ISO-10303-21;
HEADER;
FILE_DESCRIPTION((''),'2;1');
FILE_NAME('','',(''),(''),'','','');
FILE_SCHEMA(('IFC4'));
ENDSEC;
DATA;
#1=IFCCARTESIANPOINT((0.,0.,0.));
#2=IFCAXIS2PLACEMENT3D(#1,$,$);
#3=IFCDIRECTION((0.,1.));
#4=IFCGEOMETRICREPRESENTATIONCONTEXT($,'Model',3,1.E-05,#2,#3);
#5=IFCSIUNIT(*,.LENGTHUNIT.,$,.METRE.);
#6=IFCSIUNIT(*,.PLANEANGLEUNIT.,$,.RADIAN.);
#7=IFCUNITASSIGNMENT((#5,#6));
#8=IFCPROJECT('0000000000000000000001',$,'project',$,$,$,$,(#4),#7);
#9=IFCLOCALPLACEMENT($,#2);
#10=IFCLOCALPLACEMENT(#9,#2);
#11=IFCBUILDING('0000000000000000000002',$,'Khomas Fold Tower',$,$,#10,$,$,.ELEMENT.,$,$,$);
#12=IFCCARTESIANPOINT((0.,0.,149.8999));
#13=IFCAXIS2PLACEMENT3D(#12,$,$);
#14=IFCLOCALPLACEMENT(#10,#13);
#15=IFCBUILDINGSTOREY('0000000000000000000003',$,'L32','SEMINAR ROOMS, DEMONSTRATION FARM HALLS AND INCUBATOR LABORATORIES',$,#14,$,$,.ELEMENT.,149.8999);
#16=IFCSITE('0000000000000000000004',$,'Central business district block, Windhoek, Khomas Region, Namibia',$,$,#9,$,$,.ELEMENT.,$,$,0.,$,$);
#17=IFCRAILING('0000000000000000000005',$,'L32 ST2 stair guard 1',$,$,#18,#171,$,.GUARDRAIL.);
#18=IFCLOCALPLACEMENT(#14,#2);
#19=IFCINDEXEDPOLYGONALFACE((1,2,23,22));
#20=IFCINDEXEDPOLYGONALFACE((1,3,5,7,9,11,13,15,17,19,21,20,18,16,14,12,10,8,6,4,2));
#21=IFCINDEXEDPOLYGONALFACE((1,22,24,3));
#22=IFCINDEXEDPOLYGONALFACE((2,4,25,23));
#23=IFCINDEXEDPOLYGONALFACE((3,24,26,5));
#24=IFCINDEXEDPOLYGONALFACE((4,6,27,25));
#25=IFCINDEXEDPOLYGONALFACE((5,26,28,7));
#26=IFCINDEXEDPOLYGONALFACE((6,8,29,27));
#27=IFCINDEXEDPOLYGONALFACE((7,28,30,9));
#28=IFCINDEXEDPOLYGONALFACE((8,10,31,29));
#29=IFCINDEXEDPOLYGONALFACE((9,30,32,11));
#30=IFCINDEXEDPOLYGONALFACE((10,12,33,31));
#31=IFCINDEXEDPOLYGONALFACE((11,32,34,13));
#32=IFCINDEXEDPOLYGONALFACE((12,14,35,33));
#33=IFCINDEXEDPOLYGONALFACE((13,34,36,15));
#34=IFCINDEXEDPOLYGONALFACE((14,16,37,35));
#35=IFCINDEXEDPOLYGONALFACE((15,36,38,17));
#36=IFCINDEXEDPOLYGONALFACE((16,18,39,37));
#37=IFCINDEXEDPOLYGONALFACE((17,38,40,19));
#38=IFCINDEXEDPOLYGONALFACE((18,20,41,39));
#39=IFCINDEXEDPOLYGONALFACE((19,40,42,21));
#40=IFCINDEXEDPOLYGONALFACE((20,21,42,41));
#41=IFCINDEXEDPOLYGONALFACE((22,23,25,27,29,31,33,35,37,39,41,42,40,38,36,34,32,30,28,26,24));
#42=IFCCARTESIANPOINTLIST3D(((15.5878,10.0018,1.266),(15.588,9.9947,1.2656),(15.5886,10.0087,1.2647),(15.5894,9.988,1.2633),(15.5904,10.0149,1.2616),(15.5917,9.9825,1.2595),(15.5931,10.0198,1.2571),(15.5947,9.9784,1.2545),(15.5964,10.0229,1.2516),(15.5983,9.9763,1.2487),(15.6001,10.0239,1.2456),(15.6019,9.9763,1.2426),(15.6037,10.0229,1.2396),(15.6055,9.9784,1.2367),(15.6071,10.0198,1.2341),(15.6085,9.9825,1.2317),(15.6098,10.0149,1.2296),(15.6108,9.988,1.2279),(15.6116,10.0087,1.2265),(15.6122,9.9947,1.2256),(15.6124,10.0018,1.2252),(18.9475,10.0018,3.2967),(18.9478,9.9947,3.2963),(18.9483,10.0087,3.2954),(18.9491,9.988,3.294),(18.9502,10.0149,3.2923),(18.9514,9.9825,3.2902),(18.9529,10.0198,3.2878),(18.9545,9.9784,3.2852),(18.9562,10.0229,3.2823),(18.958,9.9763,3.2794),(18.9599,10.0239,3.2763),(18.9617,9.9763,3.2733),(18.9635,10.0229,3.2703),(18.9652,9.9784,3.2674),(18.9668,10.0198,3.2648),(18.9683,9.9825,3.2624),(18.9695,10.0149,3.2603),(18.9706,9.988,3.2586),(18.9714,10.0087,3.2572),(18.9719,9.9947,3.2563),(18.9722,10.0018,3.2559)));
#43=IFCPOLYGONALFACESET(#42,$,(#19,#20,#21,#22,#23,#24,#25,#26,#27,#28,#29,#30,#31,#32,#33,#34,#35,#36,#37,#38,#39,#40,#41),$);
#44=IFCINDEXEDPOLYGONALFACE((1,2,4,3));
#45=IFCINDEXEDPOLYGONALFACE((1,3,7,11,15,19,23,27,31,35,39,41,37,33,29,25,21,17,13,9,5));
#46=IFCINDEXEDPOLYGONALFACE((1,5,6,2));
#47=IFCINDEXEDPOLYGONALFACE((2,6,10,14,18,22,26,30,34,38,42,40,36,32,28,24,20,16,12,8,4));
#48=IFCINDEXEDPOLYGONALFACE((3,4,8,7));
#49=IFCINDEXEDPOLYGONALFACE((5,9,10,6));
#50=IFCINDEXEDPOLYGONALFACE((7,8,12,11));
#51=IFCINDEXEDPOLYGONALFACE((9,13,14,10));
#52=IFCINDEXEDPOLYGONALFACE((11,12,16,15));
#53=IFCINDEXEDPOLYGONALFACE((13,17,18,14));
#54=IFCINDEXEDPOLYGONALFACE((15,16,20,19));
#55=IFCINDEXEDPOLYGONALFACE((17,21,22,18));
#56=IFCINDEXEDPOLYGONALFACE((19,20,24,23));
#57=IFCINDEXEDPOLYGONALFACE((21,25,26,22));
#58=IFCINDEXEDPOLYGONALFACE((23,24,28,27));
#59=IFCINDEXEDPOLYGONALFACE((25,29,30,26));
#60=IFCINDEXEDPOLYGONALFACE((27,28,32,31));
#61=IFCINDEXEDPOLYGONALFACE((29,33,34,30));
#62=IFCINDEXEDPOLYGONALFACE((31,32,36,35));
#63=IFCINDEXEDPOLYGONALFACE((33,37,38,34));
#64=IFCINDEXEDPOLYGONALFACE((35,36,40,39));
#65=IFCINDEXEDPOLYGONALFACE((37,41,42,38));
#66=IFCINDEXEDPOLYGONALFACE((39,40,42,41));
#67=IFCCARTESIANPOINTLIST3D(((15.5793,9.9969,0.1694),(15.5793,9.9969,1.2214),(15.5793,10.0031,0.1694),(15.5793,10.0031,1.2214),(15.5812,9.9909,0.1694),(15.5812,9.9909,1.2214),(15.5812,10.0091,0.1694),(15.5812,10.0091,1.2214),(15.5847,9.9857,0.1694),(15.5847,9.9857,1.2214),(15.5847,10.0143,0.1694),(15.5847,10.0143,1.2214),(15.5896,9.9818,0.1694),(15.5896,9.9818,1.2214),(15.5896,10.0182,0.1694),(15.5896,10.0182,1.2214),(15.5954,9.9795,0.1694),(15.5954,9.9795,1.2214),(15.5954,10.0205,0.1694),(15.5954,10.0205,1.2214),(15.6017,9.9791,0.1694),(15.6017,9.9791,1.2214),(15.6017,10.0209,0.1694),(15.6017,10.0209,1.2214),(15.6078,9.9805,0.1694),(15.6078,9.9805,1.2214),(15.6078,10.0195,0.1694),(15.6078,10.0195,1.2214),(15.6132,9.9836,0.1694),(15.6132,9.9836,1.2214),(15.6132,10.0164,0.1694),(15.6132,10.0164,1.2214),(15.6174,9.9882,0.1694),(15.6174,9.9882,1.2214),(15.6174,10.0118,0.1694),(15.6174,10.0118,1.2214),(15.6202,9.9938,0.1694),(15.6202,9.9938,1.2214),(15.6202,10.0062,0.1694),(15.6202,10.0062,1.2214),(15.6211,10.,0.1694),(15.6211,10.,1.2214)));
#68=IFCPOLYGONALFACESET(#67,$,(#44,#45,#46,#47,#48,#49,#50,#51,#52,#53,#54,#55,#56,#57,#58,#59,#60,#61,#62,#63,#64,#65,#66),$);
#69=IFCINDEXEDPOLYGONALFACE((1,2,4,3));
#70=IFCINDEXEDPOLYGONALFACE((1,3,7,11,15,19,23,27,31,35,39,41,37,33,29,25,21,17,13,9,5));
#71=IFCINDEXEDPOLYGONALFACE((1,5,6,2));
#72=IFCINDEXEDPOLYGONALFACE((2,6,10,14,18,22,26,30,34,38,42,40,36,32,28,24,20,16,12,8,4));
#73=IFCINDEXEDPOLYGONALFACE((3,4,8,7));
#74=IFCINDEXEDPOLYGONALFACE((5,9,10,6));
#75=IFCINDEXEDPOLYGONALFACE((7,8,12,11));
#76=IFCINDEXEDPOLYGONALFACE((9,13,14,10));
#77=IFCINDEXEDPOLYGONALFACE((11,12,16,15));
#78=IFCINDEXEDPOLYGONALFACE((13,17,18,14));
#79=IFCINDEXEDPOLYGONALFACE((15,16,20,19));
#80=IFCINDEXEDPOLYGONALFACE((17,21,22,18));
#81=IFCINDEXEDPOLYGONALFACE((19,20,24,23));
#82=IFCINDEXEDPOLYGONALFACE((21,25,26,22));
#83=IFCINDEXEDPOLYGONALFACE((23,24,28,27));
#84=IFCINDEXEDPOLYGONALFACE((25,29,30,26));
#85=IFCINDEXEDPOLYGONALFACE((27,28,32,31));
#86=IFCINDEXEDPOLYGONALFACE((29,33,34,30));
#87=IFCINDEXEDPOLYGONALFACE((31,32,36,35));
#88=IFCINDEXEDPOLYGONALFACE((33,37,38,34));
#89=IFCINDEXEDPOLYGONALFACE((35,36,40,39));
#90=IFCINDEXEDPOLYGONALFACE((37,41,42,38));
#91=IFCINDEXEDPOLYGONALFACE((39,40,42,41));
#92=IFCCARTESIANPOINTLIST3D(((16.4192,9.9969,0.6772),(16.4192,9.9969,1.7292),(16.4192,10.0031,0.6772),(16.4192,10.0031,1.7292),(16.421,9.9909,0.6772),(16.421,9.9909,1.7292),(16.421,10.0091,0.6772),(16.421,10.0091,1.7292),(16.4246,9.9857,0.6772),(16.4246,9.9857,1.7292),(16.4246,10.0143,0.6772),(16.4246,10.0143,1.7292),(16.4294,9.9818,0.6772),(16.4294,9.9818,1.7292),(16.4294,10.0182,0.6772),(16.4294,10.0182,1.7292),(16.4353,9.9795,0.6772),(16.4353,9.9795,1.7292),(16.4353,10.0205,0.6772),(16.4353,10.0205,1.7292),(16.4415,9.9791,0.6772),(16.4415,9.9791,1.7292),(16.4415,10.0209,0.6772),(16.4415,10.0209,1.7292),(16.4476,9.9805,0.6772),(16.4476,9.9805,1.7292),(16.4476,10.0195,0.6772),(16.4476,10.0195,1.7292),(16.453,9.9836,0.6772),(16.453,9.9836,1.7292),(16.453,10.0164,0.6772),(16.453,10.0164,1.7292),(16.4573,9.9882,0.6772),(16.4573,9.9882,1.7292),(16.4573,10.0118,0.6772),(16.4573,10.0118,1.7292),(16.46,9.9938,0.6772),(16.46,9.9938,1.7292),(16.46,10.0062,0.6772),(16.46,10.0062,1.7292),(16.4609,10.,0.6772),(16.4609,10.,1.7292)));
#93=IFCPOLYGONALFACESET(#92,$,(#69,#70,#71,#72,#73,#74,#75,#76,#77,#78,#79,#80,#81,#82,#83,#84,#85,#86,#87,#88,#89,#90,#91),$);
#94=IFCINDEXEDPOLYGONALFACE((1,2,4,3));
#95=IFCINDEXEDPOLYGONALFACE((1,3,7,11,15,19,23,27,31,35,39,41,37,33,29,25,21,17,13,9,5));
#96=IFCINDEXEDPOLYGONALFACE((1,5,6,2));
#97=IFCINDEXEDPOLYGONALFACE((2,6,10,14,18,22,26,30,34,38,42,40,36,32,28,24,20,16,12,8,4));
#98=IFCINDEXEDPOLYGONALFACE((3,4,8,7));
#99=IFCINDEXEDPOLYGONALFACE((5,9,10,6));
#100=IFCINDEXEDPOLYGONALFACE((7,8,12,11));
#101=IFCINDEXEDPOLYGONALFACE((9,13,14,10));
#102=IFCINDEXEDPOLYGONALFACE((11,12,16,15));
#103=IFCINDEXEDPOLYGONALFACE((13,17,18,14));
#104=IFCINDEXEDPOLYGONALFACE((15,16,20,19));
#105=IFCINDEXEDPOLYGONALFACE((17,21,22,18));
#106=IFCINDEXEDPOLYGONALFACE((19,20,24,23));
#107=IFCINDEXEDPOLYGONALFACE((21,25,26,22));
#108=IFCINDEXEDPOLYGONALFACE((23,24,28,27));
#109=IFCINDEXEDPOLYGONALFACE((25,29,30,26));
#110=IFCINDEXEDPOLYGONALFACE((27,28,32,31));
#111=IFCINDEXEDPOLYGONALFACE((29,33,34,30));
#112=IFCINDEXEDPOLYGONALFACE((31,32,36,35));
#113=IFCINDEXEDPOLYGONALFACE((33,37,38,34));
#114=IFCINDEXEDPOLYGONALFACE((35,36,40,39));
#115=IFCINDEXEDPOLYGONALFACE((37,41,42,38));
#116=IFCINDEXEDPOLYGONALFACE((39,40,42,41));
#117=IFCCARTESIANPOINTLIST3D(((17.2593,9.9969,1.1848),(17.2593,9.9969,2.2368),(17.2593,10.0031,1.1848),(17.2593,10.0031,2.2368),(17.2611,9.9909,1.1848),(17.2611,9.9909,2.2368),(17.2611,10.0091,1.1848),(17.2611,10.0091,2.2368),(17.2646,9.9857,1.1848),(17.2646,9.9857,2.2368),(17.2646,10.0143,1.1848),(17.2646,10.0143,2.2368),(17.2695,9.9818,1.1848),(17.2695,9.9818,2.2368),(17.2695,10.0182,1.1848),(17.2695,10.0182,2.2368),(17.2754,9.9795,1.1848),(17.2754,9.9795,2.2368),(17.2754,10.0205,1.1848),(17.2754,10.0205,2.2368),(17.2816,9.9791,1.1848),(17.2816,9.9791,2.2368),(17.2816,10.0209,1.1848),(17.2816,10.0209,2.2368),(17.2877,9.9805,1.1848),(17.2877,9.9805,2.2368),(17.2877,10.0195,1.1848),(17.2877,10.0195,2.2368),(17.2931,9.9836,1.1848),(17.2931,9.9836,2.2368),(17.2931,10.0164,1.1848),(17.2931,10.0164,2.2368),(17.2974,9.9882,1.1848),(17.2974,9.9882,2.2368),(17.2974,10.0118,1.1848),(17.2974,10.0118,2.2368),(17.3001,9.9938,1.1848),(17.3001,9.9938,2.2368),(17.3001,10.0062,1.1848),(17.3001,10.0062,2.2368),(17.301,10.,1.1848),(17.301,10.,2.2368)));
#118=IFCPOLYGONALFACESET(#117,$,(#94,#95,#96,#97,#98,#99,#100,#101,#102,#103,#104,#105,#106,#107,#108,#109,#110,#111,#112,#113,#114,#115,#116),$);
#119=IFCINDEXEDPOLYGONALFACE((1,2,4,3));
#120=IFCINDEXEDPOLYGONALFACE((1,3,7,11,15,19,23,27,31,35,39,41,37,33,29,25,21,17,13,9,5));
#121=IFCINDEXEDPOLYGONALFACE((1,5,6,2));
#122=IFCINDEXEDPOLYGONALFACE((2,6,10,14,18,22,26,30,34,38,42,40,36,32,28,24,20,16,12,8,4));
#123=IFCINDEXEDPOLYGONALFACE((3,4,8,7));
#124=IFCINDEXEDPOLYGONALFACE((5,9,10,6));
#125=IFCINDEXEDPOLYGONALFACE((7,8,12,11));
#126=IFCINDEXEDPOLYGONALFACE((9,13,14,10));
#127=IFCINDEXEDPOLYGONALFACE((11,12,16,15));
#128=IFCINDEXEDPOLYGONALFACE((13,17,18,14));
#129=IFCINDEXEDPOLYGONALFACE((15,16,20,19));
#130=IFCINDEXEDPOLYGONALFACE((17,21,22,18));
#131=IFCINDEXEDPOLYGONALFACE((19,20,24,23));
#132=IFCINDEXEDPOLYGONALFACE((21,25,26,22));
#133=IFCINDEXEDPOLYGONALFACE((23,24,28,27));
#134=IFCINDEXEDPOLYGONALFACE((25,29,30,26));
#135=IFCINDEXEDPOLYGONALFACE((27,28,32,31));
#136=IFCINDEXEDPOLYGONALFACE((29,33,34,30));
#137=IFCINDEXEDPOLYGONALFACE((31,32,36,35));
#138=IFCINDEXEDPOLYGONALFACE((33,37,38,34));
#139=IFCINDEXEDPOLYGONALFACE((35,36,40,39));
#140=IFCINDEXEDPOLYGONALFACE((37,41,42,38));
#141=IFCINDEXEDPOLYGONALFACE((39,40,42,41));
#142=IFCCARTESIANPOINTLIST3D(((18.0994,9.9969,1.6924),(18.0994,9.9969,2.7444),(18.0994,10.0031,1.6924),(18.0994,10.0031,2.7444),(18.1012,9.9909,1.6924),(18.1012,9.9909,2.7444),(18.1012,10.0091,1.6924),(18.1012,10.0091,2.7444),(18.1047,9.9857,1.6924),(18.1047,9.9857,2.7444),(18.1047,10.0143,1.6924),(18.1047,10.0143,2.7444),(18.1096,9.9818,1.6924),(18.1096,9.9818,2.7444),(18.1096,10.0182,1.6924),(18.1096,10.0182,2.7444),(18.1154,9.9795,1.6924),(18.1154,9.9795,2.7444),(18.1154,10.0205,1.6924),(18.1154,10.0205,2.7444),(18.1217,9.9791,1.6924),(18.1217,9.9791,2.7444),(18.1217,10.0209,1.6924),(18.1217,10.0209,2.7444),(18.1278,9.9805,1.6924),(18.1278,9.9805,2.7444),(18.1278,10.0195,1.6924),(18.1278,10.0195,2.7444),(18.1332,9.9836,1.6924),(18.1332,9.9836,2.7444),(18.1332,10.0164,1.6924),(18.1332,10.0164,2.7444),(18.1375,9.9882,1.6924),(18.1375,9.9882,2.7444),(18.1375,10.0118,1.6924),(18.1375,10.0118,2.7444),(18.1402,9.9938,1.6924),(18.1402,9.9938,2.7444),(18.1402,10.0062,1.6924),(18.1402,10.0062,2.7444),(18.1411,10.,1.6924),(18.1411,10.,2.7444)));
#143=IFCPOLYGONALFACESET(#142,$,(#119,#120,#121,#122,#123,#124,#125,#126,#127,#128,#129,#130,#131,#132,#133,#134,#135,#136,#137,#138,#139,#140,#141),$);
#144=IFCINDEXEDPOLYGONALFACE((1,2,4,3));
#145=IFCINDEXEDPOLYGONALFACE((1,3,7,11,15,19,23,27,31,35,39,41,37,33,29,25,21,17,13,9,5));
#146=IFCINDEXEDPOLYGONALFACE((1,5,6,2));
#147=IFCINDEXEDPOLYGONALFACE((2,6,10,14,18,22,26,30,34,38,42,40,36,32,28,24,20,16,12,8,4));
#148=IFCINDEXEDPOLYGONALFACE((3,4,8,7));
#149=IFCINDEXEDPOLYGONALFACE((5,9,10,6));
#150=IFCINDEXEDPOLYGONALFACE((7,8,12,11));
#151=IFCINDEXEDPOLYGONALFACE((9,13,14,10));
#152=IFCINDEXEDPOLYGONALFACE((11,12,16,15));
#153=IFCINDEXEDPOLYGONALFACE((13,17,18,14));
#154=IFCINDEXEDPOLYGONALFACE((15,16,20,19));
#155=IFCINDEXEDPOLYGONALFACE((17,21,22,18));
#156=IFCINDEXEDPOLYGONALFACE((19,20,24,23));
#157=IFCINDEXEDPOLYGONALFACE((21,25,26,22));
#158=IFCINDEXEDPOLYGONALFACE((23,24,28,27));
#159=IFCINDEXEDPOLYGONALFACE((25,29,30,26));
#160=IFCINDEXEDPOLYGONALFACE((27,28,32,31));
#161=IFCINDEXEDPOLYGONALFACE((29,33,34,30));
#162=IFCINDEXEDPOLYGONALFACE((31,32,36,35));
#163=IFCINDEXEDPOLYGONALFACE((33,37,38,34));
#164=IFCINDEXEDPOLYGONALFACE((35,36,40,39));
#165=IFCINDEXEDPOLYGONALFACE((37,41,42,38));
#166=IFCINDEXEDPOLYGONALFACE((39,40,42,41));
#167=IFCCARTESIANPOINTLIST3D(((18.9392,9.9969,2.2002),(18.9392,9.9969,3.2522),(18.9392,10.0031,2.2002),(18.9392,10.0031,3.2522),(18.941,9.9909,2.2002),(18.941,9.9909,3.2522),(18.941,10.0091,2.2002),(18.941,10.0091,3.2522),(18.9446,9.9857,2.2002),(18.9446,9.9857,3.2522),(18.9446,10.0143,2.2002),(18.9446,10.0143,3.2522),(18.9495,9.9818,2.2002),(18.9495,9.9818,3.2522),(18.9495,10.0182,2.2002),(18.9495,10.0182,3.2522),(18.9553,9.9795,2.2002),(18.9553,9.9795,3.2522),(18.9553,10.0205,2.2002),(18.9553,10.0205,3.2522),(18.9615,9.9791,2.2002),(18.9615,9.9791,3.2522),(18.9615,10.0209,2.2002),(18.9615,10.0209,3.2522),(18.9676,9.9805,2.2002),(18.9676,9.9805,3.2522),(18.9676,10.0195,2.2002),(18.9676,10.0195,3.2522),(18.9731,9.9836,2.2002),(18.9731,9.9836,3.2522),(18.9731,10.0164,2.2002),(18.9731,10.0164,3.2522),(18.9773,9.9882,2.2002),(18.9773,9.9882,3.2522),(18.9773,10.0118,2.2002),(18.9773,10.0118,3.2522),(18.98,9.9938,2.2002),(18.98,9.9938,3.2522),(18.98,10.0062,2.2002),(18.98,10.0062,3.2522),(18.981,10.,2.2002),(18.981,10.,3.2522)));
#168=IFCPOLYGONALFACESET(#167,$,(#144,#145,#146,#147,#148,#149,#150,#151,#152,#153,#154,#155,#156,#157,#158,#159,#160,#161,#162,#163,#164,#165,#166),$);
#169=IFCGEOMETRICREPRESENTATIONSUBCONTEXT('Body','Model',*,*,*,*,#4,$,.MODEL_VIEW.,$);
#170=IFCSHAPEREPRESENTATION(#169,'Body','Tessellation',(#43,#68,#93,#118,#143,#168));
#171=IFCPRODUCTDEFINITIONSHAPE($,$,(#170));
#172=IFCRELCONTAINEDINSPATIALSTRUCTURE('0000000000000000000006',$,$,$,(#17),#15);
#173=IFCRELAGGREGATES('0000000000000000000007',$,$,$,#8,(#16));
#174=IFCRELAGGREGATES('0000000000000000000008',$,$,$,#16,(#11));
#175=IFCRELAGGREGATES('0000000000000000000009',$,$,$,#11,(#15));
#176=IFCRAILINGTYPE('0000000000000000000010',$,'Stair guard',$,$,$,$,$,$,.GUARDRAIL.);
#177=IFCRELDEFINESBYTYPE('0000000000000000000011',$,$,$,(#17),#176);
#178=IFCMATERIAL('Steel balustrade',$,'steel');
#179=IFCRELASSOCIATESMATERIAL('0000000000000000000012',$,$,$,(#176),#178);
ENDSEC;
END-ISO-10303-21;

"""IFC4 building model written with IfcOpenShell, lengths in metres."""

from ifc_helpers import new_model, si_unit, direction, frame, origin, origin_2d, place, context, subcontext, project, spatial, circle, extrude, source, transform, mapped, material, type_object, element, save


model = new_model("IFC4")

# Units and contexts
model_context = context("Model", 3, precision=1e-05, world=origin(), true_north=direction((0.0, 1.0)))
body_context = subcontext(model_context, "Body", "Model", "MODEL_VIEW")
ifc_project = project(units=[si_unit("LENGTHUNIT", "METRE"), si_unit("PLANEANGLEUNIT", "RADIAN")], contexts=[model_context])

# Site, building, storey
site_placement = place(None, origin())
site = spatial("IfcSite", under=ifc_project, at=site_placement, Name="Central business district block, Windhoek, Khomas Region, Namibia", CompositionType="ELEMENT", RefElevation=0.0)
building_placement = place(site_placement, origin())
building = spatial("IfcBuilding", under=site, at=building_placement, Name="Khomas Fold Tower", CompositionType="ELEMENT")
storey_placement = place(building_placement, frame((0.0, 0.0, 149.8999)))
storey = spatial("IfcBuildingStorey", under=building, at=storey_placement, Name="L32", Description="SEMINAR ROOMS, DEMONSTRATION FARM HALLS AND INCUBATOR LABORATORIES", CompositionType="ELEMENT", Elevation=149.8999)

# Railing
ifc_material_1 = material(Name="Steel balustrade", Category="steel")
railing_type_1 = type_object("IfcRailingType", Name="Stair guard", PredefinedType="GUARDRAIL", material=ifc_material_1)
shared_shape_1 = source(origin(), body_context, "Body", "SweptSolid", [
    extrude(circle(Radius=0.0239, at=origin_2d()), frame((0.0, 0.0, 1.0762), z_axis=(0.85582, 0.0, 0.517273), x_axis=(0.0, 1.0, 0.0)), (0.0, 0.0, 1.0), 3.9258),
    extrude(circle(Radius=0.021, at=origin_2d()), origin(), (0.0, 0.0, 1.0), 1.052),
    extrude(circle(Radius=0.021, at=origin_2d()), frame((0.8398, 0.0, 0.5078)), (0.0, 0.0, 1.0), 1.052),
    extrude(circle(Radius=0.021, at=origin_2d()), frame((1.6799, 0.0, 1.0154)), (0.0, 0.0, 1.0), 1.052),
    extrude(circle(Radius=0.021, at=origin_2d()), frame((2.52, 0.0, 1.5229)), (0.0, 0.0, 1.0), 1.052),
    extrude(circle(Radius=0.021, at=origin_2d()), frame((3.3599, 0.0, 2.0308)), (0.0, 0.0, 1.0), 1.052),
])
railing_1_placement = place(storey_placement, frame((15.6001, 10.0, 0.1694)))
element("IfcRailing", 1, at=railing_1_placement, inside=storey, type_object=railing_type_1, Name="L32 ST2 stair guard 1", PredefinedType="GUARDRAIL", context=body_context, shape_type="MappedRepresentation", body=[
    mapped(shared_shape_1, transform((0.0, 0.0, 0.0))),
])

save(model, "model.ifc")
